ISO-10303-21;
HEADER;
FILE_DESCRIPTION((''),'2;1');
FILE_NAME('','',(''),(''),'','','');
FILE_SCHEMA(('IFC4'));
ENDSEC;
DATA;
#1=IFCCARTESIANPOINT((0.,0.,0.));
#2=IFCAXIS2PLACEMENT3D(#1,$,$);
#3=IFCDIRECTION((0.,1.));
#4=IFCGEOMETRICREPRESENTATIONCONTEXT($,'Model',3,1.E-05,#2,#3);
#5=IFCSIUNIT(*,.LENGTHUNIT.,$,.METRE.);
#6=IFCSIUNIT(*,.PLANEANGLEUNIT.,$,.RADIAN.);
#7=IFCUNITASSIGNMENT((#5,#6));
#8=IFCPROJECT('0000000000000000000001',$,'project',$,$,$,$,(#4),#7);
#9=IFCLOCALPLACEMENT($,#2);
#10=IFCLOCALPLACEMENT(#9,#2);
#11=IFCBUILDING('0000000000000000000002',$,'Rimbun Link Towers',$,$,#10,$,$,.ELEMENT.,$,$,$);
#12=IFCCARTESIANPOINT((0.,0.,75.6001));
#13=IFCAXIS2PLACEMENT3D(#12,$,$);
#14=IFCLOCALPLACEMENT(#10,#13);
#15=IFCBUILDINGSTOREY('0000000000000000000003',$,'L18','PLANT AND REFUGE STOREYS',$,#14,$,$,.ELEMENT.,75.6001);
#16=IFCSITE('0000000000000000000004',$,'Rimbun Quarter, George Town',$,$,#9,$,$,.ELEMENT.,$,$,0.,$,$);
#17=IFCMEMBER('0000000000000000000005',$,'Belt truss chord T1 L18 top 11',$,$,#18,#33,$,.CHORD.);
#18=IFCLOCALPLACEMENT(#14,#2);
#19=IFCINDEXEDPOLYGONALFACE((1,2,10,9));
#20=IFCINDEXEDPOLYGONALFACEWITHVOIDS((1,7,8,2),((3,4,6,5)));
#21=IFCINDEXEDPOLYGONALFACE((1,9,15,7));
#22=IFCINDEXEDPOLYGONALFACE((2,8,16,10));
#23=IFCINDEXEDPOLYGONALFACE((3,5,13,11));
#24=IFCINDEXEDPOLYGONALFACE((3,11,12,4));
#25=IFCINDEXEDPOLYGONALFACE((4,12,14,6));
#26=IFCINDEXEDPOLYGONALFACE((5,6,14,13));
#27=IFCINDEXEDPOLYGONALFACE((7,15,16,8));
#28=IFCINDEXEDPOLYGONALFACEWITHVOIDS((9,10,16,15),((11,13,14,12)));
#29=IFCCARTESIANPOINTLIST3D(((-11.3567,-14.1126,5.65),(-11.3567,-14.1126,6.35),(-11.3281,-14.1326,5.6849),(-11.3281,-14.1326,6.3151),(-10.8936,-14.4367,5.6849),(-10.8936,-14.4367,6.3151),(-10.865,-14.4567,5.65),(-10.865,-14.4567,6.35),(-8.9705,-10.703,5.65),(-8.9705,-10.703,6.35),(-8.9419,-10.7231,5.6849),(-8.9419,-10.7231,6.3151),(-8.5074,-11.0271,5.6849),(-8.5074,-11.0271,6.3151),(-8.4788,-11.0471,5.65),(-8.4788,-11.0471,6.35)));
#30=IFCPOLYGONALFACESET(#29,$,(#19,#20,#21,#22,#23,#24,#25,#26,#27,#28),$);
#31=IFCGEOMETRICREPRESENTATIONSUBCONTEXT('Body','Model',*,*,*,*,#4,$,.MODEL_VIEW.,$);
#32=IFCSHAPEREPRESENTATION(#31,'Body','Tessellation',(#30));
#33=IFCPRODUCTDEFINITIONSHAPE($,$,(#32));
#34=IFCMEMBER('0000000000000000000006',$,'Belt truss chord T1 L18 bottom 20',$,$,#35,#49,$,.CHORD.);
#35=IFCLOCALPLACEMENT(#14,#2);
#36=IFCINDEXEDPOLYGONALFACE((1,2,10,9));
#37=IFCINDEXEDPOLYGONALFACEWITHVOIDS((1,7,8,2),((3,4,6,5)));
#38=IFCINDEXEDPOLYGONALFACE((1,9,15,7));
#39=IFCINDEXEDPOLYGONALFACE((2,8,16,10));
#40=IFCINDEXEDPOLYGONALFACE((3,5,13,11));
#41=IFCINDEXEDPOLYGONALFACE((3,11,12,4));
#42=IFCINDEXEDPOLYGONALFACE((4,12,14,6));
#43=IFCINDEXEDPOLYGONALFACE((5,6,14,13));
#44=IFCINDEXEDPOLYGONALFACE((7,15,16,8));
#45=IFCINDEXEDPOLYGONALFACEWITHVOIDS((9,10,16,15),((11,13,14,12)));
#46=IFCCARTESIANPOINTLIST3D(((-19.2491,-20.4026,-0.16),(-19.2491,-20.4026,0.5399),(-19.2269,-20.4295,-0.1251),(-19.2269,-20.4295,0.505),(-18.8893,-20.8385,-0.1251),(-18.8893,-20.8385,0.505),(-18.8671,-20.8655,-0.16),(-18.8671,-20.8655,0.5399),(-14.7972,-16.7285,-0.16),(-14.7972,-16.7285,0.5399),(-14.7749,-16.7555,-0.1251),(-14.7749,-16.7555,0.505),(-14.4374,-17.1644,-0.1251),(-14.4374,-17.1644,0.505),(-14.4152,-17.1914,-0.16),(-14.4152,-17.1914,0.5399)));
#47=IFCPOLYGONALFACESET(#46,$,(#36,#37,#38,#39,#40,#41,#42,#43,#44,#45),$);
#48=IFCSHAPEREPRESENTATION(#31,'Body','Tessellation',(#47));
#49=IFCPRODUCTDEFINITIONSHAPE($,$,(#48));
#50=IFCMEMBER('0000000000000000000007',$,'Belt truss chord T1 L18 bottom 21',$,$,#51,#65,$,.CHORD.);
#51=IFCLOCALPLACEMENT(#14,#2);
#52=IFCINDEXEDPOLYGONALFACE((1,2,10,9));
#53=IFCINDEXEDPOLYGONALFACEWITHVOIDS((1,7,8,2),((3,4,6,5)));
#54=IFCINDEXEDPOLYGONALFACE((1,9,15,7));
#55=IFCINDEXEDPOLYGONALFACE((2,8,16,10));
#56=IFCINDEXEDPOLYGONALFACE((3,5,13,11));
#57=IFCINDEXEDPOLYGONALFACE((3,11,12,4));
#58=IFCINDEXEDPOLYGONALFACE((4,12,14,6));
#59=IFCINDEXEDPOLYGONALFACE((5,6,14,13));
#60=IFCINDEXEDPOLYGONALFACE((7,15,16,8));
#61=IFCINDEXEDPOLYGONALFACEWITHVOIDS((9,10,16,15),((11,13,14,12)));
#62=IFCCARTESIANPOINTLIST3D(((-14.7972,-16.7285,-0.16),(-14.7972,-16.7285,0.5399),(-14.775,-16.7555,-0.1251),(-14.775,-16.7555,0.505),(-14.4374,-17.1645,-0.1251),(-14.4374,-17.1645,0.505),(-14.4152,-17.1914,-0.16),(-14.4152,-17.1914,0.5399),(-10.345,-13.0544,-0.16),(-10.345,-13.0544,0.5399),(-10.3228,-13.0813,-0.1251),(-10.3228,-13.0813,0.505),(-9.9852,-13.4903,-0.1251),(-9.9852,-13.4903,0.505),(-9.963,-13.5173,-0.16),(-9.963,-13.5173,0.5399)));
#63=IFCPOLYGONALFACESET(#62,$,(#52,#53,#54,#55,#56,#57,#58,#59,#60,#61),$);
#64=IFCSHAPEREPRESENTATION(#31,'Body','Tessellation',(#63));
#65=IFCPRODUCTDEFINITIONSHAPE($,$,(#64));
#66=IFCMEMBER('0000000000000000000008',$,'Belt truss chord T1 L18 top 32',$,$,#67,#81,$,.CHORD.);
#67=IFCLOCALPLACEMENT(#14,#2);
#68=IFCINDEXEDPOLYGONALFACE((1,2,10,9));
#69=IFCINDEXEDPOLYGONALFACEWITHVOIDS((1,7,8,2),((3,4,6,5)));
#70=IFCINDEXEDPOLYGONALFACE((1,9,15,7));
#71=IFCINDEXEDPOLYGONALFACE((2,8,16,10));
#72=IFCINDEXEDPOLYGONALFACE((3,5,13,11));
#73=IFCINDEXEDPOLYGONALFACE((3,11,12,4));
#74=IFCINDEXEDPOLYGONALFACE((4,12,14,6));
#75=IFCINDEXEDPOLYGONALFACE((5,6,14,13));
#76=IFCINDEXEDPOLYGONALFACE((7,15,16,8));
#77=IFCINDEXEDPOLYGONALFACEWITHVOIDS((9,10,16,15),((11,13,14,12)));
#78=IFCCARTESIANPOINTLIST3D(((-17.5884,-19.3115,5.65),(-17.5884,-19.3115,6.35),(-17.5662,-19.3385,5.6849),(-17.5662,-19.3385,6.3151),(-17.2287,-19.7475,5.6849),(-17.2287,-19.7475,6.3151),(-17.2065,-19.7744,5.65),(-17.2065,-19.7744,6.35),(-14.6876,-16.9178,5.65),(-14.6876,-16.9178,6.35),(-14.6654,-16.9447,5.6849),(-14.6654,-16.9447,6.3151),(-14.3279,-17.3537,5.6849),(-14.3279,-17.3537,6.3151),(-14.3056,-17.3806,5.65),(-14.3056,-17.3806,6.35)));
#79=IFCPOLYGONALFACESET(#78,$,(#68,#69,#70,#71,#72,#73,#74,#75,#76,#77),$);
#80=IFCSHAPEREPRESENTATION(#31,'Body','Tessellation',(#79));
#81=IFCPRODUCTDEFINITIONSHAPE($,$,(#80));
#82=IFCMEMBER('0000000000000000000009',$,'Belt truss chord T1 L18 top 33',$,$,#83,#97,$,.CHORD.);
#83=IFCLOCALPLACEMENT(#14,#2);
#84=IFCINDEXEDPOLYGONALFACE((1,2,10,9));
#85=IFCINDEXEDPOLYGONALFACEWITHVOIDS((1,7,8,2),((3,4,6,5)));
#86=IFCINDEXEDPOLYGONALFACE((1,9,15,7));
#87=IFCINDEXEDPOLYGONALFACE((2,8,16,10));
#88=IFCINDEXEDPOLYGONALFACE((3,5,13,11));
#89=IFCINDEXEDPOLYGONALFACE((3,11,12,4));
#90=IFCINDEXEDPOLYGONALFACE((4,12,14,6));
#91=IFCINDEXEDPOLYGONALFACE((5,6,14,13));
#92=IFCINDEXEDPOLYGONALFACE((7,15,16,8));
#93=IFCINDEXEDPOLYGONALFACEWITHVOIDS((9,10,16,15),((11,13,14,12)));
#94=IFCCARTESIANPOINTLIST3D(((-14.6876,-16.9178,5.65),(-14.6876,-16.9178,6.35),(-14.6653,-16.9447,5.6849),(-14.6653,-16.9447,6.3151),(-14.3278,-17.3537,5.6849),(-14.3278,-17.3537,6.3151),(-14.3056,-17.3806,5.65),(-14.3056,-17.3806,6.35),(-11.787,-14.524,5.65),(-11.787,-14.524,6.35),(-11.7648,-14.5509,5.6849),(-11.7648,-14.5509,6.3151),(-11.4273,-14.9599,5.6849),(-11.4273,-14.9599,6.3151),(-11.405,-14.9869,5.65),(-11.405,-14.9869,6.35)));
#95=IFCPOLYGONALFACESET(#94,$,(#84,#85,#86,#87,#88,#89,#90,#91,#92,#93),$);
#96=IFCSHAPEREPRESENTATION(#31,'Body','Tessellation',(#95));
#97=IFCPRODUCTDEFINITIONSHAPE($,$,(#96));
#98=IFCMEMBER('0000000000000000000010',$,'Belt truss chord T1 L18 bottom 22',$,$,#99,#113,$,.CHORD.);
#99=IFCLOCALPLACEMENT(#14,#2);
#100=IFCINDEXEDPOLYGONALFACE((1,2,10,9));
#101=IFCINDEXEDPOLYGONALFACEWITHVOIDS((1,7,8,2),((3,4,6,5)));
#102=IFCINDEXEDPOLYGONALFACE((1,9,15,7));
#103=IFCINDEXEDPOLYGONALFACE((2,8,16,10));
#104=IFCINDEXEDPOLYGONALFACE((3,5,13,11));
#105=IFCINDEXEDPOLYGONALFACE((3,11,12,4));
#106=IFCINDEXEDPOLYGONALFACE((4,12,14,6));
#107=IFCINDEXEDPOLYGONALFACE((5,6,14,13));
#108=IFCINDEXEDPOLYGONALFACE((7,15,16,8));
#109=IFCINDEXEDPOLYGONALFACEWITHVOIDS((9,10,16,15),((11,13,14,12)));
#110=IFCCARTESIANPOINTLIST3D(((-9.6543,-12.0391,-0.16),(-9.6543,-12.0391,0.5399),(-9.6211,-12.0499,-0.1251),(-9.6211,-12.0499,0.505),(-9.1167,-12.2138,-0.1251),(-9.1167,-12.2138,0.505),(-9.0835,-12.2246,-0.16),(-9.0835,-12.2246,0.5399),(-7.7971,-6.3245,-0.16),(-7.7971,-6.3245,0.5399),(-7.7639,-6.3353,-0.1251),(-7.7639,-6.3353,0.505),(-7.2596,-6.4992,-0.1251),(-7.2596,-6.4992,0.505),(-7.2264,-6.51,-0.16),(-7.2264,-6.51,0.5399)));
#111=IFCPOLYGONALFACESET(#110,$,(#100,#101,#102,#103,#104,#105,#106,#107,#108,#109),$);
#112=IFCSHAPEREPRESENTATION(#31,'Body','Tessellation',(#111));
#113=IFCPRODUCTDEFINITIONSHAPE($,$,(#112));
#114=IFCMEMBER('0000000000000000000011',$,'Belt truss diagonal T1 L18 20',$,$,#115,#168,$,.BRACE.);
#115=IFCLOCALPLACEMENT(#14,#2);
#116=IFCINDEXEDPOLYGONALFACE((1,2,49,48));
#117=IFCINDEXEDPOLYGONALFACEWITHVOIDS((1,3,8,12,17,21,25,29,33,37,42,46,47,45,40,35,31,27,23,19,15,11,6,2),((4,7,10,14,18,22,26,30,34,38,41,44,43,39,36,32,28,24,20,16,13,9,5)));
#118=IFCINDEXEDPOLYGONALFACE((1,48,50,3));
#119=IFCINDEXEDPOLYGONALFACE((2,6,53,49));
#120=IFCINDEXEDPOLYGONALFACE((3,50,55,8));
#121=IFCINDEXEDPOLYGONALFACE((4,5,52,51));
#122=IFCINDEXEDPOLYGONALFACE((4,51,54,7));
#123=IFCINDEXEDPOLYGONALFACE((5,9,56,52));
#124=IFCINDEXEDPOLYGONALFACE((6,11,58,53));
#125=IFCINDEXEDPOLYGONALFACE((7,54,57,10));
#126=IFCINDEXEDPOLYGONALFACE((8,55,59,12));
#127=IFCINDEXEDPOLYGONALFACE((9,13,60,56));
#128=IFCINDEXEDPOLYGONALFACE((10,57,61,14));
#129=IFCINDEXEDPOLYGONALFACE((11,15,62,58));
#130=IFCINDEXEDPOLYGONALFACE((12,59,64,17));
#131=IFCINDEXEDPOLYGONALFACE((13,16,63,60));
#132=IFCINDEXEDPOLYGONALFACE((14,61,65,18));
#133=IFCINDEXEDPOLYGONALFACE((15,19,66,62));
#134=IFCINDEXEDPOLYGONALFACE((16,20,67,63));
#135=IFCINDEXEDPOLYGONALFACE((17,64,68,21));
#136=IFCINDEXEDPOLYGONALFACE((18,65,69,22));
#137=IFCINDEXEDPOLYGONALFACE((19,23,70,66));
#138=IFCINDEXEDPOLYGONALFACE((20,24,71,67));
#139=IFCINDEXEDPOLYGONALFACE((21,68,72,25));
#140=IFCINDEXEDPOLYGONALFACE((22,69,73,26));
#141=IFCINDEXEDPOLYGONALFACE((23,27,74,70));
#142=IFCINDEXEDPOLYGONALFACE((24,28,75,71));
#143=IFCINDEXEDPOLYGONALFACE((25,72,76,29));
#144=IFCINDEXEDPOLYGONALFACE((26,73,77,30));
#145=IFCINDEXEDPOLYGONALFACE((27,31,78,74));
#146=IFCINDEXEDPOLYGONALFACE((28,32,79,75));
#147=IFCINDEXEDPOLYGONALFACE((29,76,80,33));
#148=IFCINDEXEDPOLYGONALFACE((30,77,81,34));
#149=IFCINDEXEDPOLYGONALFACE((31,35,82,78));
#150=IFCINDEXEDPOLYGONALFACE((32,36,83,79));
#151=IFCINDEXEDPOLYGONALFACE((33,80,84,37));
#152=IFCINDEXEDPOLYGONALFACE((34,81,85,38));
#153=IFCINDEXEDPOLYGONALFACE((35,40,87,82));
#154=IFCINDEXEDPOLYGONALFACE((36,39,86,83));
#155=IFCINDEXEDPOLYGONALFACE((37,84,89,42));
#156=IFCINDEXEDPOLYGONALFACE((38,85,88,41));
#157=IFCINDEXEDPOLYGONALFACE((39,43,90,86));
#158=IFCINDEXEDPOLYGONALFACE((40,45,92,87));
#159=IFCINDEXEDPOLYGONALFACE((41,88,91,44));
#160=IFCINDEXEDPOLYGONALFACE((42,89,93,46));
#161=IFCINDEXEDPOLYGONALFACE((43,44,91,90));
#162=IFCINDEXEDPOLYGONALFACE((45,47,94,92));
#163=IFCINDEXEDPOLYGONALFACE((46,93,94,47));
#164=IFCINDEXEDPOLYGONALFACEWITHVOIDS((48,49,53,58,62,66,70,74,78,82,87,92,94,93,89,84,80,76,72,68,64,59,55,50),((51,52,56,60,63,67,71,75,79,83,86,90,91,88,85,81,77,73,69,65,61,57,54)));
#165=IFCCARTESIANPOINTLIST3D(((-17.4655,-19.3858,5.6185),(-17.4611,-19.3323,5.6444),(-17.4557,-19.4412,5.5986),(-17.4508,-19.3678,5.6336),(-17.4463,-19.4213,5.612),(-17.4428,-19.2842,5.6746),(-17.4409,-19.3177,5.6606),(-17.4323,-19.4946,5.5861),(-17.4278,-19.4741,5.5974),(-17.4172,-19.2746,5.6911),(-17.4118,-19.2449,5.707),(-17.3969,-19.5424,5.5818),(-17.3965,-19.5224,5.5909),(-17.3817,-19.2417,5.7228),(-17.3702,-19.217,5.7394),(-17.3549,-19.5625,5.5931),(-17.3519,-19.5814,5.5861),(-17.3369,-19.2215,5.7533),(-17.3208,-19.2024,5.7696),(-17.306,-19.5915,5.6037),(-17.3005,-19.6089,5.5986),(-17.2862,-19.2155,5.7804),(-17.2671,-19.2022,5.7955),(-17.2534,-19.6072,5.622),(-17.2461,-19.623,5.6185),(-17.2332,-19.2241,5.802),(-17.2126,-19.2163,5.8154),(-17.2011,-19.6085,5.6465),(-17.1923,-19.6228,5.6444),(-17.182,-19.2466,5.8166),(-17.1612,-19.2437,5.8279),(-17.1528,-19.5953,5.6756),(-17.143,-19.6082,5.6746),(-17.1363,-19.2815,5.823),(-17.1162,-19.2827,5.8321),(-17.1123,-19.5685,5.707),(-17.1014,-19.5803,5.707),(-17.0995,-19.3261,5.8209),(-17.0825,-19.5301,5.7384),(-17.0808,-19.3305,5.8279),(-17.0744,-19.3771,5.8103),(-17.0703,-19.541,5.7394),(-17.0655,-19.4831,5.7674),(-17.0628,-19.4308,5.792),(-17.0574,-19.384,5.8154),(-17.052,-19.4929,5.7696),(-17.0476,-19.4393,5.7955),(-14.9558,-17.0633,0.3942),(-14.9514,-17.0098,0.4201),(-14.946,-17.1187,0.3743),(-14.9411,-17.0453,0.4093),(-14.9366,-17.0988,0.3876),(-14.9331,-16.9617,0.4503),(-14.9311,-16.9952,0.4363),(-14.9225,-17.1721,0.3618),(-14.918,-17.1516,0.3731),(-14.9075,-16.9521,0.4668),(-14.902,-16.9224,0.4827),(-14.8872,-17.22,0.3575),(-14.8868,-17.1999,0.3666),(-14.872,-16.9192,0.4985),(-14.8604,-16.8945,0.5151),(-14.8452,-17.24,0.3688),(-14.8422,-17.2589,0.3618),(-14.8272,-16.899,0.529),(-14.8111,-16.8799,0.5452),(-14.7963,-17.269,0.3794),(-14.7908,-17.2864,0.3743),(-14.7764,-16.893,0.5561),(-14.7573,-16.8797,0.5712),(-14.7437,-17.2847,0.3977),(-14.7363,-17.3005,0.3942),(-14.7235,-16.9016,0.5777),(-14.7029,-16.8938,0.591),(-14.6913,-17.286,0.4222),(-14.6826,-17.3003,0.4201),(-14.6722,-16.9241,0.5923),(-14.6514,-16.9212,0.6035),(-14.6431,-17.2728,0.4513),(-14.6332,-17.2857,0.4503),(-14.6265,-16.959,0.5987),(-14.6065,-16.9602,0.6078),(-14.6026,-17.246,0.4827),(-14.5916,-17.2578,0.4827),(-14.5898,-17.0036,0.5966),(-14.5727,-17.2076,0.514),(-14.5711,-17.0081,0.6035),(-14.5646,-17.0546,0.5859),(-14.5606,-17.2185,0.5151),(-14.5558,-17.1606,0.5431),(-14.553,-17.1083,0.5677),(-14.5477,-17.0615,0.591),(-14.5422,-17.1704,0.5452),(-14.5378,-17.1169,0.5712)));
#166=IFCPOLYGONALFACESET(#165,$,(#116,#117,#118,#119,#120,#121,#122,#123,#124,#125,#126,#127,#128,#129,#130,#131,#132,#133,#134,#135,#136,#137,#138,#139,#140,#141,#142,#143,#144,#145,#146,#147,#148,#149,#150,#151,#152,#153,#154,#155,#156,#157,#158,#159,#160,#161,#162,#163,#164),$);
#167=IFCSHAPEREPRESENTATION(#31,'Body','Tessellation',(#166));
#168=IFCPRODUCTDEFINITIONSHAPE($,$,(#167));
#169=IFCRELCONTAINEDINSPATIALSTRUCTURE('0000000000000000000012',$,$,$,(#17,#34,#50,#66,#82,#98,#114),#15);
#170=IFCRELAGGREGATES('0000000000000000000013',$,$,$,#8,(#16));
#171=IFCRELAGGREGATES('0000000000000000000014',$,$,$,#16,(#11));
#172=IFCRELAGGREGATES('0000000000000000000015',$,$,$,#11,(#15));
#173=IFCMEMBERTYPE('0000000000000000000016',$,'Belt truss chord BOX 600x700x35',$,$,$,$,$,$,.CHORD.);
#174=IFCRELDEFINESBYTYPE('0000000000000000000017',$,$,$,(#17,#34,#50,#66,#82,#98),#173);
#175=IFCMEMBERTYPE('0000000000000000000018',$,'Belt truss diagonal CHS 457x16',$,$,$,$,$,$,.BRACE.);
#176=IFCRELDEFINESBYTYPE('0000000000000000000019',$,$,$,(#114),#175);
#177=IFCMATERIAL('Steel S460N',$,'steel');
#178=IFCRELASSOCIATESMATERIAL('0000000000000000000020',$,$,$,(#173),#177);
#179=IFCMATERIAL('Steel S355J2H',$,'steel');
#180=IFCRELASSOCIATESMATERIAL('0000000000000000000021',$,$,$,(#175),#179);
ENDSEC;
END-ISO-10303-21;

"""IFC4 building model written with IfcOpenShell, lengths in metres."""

from ifc_helpers import new_model, si_unit, direction, frame, origin, origin_2d, place, context, subcontext, project, spatial, hollow_rectangle, hollow_circle, extrude, material, material_profile, profile_set, type_object, element, save


model = new_model("IFC4")

# Units and contexts
model_context = context("Model", 3, precision=1e-05, world=origin(), true_north=direction((0.0, 1.0)))
body_context = subcontext(model_context, "Body", "Model", "MODEL_VIEW")
ifc_project = project(units=[si_unit("LENGTHUNIT", "METRE"), si_unit("PLANEANGLEUNIT", "RADIAN")], contexts=[model_context])

# Site, building, storey
site_placement = place(None, origin())
site = spatial("IfcSite", under=ifc_project, at=site_placement, Name="Rimbun Quarter, George Town", CompositionType="ELEMENT", RefElevation=0.0)
building_placement = place(site_placement, origin())
building = spatial("IfcBuilding", under=site, at=building_placement, Name="Rimbun Link Towers", CompositionType="ELEMENT")
storey_placement = place(building_placement, frame((0.0, 0.0, 75.6001)))
storey = spatial("IfcBuildingStorey", under=building, at=storey_placement, Name="L18", Description="PLANT AND REFUGE STOREYS", CompositionType="ELEMENT", Elevation=75.6001)

# Members
ifc_material_1 = material(Name="Steel S460N", Category="steel")
ifc_material_profile_1 = material_profile(ifc_material_1, hollow_rectangle(XDim=0.6001, YDim=0.7, WallThickness=0.0349, at=origin_2d()), Name="Belt truss chord BOX 600x700x35")
ifc_profile_set_1 = profile_set([ifc_material_profile_1], Name="Steel S460N")
member_type_1 = type_object("IfcMemberType", Name="Belt truss chord BOX 600x700x35", PredefinedType="CHORD", material=ifc_profile_set_1)
member_1_placement = place(storey_placement, frame((-11.1108, -14.2847, 6.0), z_axis=(0.573376, 0.819293, 0.0), x_axis=(-0.819293, 0.573376, 0.0)))
element("IfcMember", 1, at=member_1_placement, inside=storey, type_object=member_type_1, Name="Belt truss chord T1 L18 top 11", PredefinedType="CHORD", context=body_context, shape_type="SweptSolid", body=[
    extrude(hollow_rectangle(XDim=0.6001, YDim=0.7, WallThickness=0.0349, at=origin_2d()), origin(), (0.0, 0.0, 1.0), 4.1616),
])
member_2_placement = place(storey_placement, frame((-19.0581, -20.634, 0.1899), z_axis=(0.771267, 0.636512, 0.0), x_axis=(-0.636512, 0.771267, 0.0)))
element("IfcMember", 2, at=member_2_placement, inside=storey, type_object=member_type_1, Name="Belt truss chord T1 L18 bottom 20", PredefinedType="CHORD", context=body_context, shape_type="SweptSolid", body=[
    extrude(hollow_rectangle(XDim=0.6001, YDim=0.7, WallThickness=0.0349, at=origin_2d()), origin(), (0.0, 0.0, 1.0), 5.7722),
])
member_3_placement = place(storey_placement, frame((-14.6062, -16.96, 0.1899), z_axis=(0.771284, 0.636491, 0.0), x_axis=(-0.636491, 0.771284, 0.0)))
element("IfcMember", 3, at=member_3_placement, inside=storey, type_object=member_type_1, Name="Belt truss chord T1 L18 bottom 21", PredefinedType="CHORD", context=body_context, shape_type="SweptSolid", body=[
    extrude(hollow_rectangle(XDim=0.6001, YDim=0.7, WallThickness=0.0349, at=origin_2d()), origin(), (0.0, 0.0, 1.0), 5.7725),
])
member_4_placement = place(storey_placement, frame((-17.3975, -19.543, 6.0), z_axis=(0.771298, 0.636474, 0.0), x_axis=(-0.636474, 0.771298, 0.0)))
element("IfcMember", 4, at=member_4_placement, inside=storey, type_object=member_type_1, Name="Belt truss chord T1 L18 top 32", PredefinedType="CHORD", context=body_context, shape_type="SweptSolid", body=[
    extrude(hollow_rectangle(XDim=0.6001, YDim=0.7, WallThickness=0.0349, at=origin_2d()), origin(), (0.0, 0.0, 1.0), 3.761),
])
member_5_placement = place(storey_placement, frame((-14.4966, -17.1492, 6.0), z_axis=(0.771272, 0.636506, 0.0), x_axis=(-0.636506, 0.771272, 0.0)))
element("IfcMember", 5, at=member_5_placement, inside=storey, type_object=member_type_1, Name="Belt truss chord T1 L18 top 33", PredefinedType="CHORD", context=body_context, shape_type="SweptSolid", body=[
    extrude(hollow_rectangle(XDim=0.6001, YDim=0.7, WallThickness=0.0349, at=origin_2d()), origin(), (0.0, 0.0, 1.0), 3.7607),
])
member_6_placement = place(storey_placement, frame((-9.3689, -12.1318, 0.1899), z_axis=(0.309076, 0.951037, 0.0), x_axis=(-0.951037, 0.309076, 0.0)))
element("IfcMember", 6, at=member_6_placement, inside=storey, type_object=member_type_1, Name="Belt truss chord T1 L18 bottom 22", PredefinedType="CHORD", context=body_context, shape_type="SweptSolid", body=[
    extrude(hollow_rectangle(XDim=0.6001, YDim=0.7, WallThickness=0.0349, at=origin_2d()), origin(), (0.0, 0.0, 1.0), 6.0088),
])
ifc_material_2 = material(Name="Steel S355J2H", Category="steel")
ifc_material_profile_2 = material_profile(ifc_material_2, hollow_circle(Radius=0.2285, WallThickness=0.0161, at=origin_2d()), Name="Belt truss diagonal CHS 457x16")
ifc_profile_set_2 = profile_set([ifc_material_profile_2], Name="Steel S355J2H")
member_type_2 = type_object("IfcMemberType", Name="Belt truss diagonal CHS 457x16", PredefinedType="BRACE", material=ifc_profile_set_2)
member_7_placement = place(storey_placement, frame((-14.7468, -17.0901, 0.4827), z_axis=(-0.401951, -0.371961, 0.836708), x_axis=(0.679196, -0.733957, 0.0)))
element("IfcMember", 7, at=member_7_placement, inside=storey, type_object=member_type_2, Name="Belt truss diagonal T1 L18 20", PredefinedType="BRACE", context=body_context, shape_type="SweptSolid", body=[
    extrude(hollow_circle(Radius=0.2285, WallThickness=0.0161, at=origin_2d()), origin(), (0.0, 0.0, 1.0), 6.2439),
])

save(model, "model.ifc")
